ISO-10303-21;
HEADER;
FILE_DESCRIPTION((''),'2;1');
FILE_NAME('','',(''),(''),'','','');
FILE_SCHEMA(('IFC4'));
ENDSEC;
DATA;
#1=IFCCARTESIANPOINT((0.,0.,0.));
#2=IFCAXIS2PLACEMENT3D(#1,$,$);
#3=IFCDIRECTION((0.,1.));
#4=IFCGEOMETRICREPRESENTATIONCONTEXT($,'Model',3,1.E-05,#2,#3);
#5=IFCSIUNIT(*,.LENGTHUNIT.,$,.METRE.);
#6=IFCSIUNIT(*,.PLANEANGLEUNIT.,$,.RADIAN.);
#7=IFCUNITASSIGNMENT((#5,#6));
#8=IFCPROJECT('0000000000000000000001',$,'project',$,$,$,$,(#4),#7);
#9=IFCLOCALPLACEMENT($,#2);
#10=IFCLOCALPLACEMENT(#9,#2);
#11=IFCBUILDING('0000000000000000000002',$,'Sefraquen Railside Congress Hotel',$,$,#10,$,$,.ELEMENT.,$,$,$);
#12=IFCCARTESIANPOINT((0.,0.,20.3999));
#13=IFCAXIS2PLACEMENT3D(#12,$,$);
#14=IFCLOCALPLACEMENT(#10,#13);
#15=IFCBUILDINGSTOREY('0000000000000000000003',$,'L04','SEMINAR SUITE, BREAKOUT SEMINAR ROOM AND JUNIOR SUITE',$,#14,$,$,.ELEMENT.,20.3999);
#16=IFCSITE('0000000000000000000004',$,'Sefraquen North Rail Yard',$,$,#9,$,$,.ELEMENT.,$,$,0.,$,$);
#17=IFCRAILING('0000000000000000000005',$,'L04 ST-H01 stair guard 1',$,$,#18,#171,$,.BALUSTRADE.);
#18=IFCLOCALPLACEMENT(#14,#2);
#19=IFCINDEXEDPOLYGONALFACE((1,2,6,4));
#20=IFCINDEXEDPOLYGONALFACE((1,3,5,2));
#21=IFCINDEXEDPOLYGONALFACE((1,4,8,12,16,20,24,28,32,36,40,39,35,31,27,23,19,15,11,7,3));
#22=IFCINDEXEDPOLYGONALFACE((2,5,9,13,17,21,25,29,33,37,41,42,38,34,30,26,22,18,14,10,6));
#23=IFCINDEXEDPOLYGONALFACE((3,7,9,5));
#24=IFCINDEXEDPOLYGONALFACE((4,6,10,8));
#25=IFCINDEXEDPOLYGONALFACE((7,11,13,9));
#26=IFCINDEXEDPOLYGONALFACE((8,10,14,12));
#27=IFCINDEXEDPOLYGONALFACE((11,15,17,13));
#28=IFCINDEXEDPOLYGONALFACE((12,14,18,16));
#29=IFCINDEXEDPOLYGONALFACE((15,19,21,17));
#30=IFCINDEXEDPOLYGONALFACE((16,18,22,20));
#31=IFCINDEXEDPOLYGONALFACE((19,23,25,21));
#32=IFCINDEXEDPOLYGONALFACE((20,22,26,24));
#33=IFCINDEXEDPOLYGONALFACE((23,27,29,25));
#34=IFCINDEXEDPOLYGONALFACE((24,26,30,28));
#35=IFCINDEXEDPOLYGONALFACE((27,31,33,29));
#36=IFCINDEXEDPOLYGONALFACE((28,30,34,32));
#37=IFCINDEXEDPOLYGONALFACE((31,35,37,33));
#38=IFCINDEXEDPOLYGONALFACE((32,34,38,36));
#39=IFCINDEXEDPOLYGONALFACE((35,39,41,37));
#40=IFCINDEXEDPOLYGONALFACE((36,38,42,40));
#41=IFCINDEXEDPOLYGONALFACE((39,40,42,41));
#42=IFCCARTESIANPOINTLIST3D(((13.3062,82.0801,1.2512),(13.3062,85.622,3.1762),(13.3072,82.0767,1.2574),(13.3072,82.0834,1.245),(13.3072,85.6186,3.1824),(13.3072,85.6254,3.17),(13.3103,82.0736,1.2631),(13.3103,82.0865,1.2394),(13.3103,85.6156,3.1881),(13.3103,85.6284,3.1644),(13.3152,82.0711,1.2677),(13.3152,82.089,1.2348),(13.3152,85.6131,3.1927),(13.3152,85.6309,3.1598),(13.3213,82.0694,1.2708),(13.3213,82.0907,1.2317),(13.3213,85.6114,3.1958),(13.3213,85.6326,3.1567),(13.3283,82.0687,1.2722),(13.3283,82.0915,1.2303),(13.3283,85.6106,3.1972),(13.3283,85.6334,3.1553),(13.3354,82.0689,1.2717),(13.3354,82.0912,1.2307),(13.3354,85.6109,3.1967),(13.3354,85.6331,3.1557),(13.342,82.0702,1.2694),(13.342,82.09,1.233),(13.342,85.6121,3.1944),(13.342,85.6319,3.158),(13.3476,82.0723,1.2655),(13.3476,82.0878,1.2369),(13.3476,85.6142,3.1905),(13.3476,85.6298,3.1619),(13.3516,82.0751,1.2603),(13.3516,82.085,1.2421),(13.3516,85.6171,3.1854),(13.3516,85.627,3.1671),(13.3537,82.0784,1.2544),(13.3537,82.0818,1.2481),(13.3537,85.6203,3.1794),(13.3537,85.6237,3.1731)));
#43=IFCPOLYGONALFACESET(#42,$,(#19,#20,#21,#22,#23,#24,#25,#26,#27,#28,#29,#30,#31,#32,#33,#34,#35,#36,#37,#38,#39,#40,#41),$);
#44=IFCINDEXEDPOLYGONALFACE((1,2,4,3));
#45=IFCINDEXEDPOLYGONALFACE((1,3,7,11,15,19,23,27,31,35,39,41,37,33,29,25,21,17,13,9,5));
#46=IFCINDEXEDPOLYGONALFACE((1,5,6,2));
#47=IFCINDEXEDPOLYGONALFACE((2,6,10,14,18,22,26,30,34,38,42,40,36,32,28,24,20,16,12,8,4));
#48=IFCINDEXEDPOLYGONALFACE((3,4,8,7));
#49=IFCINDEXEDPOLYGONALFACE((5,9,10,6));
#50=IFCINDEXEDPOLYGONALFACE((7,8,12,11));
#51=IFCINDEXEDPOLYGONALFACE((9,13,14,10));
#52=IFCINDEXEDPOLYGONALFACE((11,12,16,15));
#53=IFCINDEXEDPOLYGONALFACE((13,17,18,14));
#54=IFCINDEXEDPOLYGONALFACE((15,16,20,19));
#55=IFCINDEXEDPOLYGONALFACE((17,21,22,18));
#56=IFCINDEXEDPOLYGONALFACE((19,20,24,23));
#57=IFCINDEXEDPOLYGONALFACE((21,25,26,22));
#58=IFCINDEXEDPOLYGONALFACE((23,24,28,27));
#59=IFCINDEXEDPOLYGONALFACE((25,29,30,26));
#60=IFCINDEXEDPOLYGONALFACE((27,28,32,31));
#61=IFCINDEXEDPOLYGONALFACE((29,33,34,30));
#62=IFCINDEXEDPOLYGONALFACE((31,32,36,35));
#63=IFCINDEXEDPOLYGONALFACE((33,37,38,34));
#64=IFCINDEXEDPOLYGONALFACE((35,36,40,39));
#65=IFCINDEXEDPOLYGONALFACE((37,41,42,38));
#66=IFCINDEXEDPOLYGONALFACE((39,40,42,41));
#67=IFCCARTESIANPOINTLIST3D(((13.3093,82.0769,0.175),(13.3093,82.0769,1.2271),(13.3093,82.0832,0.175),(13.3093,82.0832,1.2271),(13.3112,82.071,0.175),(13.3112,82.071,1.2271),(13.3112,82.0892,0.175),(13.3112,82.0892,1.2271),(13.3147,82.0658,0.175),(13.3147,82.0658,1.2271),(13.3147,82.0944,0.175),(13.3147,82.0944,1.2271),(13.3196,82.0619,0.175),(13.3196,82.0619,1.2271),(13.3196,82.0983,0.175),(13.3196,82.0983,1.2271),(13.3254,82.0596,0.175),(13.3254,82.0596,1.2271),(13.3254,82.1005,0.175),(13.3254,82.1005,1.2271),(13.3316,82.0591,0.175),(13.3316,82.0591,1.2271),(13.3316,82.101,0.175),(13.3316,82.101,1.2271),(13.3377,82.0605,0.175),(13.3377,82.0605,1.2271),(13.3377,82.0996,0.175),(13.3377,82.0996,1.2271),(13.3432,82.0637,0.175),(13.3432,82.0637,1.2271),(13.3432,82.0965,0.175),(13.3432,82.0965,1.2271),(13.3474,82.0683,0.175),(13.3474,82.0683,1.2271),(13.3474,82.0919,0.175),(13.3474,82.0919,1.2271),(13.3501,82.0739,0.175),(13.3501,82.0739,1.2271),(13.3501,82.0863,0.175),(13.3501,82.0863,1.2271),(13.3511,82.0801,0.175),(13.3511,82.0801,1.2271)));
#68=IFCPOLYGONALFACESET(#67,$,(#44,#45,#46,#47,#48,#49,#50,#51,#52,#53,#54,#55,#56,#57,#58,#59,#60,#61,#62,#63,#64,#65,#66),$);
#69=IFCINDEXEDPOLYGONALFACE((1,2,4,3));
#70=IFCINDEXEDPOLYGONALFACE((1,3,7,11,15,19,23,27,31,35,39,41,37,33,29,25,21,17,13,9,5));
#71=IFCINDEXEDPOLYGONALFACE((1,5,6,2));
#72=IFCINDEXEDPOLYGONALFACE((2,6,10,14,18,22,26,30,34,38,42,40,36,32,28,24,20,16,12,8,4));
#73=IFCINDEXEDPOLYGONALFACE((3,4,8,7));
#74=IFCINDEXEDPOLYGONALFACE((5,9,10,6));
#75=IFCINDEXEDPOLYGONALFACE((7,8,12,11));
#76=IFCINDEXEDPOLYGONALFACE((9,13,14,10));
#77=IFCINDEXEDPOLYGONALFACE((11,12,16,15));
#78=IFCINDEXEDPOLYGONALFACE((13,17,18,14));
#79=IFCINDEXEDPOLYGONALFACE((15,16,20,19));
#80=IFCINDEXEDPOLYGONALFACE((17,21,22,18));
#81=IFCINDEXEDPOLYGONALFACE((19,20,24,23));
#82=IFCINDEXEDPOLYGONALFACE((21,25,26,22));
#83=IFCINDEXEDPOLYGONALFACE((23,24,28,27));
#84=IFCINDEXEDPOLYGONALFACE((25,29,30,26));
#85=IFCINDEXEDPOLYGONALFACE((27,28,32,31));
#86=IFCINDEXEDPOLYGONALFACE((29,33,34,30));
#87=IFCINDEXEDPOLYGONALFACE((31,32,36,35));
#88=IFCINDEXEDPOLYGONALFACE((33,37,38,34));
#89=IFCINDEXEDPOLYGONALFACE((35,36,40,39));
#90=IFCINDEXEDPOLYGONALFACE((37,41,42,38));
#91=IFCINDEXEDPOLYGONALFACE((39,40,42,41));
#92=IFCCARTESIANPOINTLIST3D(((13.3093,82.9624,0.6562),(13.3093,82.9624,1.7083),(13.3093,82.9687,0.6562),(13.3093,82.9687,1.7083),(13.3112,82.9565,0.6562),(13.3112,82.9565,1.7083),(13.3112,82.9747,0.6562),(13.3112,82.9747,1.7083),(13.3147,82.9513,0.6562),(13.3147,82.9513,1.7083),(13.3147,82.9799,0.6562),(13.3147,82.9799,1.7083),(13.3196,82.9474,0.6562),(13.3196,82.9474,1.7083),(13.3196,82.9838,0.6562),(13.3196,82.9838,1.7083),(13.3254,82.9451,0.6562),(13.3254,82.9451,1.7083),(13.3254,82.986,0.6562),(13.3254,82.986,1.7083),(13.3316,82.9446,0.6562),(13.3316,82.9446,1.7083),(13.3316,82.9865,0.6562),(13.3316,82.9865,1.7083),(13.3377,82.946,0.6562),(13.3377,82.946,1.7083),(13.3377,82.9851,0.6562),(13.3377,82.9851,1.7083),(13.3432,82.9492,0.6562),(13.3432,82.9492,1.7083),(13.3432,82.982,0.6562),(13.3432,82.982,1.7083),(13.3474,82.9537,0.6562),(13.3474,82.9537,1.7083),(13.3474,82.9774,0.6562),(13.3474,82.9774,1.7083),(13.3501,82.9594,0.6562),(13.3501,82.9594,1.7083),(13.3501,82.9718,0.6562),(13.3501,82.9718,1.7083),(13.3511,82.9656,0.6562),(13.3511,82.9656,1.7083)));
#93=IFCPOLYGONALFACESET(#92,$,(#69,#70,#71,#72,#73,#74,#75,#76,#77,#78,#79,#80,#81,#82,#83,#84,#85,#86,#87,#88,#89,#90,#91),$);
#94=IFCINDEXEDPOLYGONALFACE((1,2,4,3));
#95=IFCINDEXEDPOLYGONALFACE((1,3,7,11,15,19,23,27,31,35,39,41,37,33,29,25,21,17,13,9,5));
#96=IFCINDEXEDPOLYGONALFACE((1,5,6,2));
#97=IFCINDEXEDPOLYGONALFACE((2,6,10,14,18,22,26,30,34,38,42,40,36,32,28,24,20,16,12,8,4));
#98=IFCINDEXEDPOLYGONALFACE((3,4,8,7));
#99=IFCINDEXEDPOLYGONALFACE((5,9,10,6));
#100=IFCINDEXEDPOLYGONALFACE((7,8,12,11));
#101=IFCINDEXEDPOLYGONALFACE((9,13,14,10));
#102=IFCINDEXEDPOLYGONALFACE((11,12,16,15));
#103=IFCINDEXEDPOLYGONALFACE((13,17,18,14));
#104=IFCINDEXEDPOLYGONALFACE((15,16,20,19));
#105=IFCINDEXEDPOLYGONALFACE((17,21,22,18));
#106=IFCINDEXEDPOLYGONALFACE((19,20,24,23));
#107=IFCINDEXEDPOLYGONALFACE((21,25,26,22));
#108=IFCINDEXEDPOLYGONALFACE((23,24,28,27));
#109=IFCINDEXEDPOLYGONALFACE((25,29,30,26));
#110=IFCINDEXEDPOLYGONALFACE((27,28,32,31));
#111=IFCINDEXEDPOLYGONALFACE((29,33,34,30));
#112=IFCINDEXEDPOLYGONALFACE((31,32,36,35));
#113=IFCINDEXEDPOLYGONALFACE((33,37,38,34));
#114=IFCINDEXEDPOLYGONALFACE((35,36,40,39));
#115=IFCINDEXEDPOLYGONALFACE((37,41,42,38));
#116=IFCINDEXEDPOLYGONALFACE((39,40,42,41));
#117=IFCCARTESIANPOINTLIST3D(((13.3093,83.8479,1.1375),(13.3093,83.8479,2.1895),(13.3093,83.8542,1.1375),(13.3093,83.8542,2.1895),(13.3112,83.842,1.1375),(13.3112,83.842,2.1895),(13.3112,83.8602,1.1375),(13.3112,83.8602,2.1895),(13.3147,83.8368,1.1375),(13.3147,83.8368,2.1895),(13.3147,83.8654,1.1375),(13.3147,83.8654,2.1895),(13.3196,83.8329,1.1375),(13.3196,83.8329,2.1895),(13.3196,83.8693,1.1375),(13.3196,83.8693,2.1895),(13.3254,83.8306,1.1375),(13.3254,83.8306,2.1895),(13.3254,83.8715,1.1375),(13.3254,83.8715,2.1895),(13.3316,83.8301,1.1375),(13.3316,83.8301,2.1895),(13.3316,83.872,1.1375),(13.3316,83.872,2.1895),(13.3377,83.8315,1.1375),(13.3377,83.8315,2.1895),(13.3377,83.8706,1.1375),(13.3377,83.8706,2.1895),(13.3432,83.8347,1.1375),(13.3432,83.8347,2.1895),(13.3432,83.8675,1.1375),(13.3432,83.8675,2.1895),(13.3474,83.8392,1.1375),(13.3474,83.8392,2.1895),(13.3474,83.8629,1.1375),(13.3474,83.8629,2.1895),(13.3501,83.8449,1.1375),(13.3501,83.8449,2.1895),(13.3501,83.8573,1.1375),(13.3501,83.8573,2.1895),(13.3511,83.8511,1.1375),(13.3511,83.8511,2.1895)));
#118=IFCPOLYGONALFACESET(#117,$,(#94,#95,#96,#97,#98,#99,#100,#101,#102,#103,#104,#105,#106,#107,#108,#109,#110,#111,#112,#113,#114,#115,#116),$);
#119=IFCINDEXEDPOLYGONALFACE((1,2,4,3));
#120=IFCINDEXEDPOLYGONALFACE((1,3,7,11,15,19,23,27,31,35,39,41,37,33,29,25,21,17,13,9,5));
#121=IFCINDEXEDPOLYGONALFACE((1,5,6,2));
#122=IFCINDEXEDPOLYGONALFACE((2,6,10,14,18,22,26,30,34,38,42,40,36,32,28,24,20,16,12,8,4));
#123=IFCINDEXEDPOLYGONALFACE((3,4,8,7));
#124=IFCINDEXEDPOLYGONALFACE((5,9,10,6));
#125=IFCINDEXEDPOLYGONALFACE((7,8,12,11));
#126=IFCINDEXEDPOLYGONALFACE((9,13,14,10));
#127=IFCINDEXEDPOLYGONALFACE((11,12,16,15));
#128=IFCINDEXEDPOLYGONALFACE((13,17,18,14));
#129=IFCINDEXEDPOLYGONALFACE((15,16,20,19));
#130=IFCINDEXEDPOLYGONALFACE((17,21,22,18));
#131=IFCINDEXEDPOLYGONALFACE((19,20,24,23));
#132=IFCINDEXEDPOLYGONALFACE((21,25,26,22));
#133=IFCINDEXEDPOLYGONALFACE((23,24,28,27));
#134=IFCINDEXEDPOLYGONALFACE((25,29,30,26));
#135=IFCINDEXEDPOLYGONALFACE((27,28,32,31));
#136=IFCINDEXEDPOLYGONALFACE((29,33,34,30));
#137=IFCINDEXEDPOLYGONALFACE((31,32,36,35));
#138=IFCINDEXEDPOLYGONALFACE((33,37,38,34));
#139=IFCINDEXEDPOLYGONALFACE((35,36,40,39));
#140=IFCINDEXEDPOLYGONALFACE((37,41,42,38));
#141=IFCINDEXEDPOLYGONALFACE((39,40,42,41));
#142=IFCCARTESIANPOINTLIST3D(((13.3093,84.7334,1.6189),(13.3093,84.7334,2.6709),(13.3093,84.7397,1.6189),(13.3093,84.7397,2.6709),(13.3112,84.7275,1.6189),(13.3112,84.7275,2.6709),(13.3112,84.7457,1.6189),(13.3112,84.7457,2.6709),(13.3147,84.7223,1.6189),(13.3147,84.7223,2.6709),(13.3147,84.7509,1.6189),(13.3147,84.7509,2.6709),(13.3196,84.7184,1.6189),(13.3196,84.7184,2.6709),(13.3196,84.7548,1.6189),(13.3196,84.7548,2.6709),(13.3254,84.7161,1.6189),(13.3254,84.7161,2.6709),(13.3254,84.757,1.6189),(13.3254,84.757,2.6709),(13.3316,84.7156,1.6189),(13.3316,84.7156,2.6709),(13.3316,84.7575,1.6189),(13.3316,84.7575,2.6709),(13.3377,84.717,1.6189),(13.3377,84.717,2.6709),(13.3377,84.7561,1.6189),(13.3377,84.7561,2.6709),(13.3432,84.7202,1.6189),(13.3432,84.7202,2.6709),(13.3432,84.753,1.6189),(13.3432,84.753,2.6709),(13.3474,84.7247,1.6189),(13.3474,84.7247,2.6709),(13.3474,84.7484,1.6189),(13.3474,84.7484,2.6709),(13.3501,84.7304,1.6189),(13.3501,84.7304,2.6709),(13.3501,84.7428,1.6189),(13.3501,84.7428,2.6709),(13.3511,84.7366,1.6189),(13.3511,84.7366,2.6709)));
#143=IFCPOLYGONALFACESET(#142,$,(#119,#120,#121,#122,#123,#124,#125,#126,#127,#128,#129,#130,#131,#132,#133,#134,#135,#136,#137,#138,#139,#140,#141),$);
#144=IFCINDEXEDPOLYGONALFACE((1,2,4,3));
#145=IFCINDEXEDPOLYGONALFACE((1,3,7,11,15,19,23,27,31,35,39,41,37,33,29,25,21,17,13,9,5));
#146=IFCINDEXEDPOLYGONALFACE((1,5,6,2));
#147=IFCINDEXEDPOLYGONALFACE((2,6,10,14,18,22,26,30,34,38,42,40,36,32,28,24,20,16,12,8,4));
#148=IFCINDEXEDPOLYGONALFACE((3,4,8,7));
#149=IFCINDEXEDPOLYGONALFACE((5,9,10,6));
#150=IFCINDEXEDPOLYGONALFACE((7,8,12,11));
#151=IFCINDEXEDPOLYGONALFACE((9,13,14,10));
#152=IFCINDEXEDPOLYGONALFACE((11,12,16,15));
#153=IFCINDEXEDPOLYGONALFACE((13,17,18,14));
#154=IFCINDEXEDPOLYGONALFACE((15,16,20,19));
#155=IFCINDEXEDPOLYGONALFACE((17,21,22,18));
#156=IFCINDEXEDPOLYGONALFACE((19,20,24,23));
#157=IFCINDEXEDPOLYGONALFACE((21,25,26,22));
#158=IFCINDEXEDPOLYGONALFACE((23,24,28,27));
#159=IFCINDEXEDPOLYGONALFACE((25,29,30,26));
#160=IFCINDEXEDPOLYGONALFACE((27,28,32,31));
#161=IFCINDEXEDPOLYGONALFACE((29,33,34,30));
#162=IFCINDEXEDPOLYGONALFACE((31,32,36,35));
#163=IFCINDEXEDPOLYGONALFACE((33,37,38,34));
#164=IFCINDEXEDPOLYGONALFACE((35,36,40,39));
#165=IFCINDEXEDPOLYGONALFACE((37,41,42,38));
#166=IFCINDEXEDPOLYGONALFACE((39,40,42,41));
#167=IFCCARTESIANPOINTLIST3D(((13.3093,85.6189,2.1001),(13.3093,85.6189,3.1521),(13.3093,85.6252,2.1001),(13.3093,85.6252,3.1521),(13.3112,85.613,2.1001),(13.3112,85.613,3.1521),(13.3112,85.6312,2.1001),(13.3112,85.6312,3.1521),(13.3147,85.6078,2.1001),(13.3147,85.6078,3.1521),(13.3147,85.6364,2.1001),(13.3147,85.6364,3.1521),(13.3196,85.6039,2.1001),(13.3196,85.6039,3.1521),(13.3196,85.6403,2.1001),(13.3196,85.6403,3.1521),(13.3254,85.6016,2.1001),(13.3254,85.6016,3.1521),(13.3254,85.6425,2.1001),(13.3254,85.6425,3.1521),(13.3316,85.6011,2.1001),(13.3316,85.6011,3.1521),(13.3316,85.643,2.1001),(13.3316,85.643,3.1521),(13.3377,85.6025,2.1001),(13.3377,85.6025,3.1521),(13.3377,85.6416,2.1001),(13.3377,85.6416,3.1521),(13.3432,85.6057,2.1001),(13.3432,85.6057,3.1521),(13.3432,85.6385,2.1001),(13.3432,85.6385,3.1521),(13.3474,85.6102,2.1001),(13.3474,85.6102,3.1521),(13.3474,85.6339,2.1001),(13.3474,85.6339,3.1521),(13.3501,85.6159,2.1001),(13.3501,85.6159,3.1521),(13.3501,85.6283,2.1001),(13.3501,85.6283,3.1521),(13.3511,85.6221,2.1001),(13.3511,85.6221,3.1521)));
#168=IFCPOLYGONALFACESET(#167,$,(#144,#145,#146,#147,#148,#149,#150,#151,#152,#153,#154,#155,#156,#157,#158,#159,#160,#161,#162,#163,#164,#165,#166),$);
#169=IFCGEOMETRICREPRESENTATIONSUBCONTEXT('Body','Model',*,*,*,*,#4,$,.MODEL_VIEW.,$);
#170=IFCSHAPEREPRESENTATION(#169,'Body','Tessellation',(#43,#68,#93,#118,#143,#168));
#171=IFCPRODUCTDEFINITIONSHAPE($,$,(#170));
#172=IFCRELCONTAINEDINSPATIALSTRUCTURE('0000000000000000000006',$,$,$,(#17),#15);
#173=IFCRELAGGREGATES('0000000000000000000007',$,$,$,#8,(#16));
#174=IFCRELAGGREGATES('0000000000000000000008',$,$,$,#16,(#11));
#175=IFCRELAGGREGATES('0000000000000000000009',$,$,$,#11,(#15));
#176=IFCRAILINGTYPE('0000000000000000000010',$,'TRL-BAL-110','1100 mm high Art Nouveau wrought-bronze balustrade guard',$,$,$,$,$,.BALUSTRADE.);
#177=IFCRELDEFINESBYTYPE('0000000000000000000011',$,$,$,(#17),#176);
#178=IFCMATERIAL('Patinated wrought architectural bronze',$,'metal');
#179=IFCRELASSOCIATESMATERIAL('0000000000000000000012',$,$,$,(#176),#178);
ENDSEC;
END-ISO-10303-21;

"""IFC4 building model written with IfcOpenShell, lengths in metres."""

from ifc_helpers import new_model, si_unit, direction, frame, origin, origin_2d, place, context, subcontext, project, spatial, circle, extrude, material, type_object, element, save


model = new_model("IFC4")

# Units and contexts
model_context = context("Model", 3, precision=1e-05, world=origin(), true_north=direction((0.0, 1.0)))
body_context = subcontext(model_context, "Body", "Model", "MODEL_VIEW")
ifc_project = project(units=[si_unit("LENGTHUNIT", "METRE"), si_unit("PLANEANGLEUNIT", "RADIAN")], contexts=[model_context])

# Site, building, storey
site_placement = place(None, origin())
site = spatial("IfcSite", under=ifc_project, at=site_placement, Name="Sefraquen North Rail Yard", CompositionType="ELEMENT", RefElevation=0.0)
building_placement = place(site_placement, origin())
building = spatial("IfcBuilding", under=site, at=building_placement, Name="Sefraquen Railside Congress Hotel", CompositionType="ELEMENT")
storey_placement = place(building_placement, frame((0.0, 0.0, 20.3999)))
storey = spatial("IfcBuildingStorey", under=building, at=storey_placement, Name="L04", Description="SEMINAR SUITE, BREAKOUT SEMINAR ROOM AND JUNIOR SUITE", CompositionType="ELEMENT", Elevation=20.3999)

# Railing
ifc_material_1 = material(Name="Patinated wrought architectural bronze", Category="metal")
railing_type_1 = type_object("IfcRailingType", Name="TRL-BAL-110", Description="1100 mm high Art Nouveau wrought-bronze balustrade guard", PredefinedType="BALUSTRADE", material=ifc_material_1)
railing_1_placement = place(storey_placement, frame((13.3301, 82.0801, 0.175)))
element("IfcRailing", 1, at=railing_1_placement, inside=storey, type_object=railing_type_1, Name="L04 ST-H01 stair guard 1", PredefinedType="BALUSTRADE", context=body_context, shape_type="SweptSolid", body=[
    extrude(circle(Radius=0.0239, at=origin_2d()), frame((0.0, 0.0, 1.0762), z_axis=(0.0, 0.878619, 0.477523), x_axis=(-1.0, 0.0, 0.0)), (0.0, 0.0, 1.0), 4.0312),
    extrude(circle(Radius=0.021, at=origin_2d()), origin(), (0.0, 0.0, 1.0), 1.052),
    extrude(circle(Radius=0.021, at=origin_2d()), frame((0.0, 0.8855, 0.4812)), (0.0, 0.0, 1.0), 1.052),
    extrude(circle(Radius=0.021, at=origin_2d()), frame((0.0, 1.771, 0.9624)), (0.0, 0.0, 1.0), 1.052),
    extrude(circle(Radius=0.021, at=origin_2d()), frame((0.0, 2.6565, 1.4438)), (0.0, 0.0, 1.0), 1.052),
    extrude(circle(Radius=0.021, at=origin_2d()), frame((0.0, 3.542, 1.925)), (0.0, 0.0, 1.0), 1.052),
])

save(model, "model.ifc")
